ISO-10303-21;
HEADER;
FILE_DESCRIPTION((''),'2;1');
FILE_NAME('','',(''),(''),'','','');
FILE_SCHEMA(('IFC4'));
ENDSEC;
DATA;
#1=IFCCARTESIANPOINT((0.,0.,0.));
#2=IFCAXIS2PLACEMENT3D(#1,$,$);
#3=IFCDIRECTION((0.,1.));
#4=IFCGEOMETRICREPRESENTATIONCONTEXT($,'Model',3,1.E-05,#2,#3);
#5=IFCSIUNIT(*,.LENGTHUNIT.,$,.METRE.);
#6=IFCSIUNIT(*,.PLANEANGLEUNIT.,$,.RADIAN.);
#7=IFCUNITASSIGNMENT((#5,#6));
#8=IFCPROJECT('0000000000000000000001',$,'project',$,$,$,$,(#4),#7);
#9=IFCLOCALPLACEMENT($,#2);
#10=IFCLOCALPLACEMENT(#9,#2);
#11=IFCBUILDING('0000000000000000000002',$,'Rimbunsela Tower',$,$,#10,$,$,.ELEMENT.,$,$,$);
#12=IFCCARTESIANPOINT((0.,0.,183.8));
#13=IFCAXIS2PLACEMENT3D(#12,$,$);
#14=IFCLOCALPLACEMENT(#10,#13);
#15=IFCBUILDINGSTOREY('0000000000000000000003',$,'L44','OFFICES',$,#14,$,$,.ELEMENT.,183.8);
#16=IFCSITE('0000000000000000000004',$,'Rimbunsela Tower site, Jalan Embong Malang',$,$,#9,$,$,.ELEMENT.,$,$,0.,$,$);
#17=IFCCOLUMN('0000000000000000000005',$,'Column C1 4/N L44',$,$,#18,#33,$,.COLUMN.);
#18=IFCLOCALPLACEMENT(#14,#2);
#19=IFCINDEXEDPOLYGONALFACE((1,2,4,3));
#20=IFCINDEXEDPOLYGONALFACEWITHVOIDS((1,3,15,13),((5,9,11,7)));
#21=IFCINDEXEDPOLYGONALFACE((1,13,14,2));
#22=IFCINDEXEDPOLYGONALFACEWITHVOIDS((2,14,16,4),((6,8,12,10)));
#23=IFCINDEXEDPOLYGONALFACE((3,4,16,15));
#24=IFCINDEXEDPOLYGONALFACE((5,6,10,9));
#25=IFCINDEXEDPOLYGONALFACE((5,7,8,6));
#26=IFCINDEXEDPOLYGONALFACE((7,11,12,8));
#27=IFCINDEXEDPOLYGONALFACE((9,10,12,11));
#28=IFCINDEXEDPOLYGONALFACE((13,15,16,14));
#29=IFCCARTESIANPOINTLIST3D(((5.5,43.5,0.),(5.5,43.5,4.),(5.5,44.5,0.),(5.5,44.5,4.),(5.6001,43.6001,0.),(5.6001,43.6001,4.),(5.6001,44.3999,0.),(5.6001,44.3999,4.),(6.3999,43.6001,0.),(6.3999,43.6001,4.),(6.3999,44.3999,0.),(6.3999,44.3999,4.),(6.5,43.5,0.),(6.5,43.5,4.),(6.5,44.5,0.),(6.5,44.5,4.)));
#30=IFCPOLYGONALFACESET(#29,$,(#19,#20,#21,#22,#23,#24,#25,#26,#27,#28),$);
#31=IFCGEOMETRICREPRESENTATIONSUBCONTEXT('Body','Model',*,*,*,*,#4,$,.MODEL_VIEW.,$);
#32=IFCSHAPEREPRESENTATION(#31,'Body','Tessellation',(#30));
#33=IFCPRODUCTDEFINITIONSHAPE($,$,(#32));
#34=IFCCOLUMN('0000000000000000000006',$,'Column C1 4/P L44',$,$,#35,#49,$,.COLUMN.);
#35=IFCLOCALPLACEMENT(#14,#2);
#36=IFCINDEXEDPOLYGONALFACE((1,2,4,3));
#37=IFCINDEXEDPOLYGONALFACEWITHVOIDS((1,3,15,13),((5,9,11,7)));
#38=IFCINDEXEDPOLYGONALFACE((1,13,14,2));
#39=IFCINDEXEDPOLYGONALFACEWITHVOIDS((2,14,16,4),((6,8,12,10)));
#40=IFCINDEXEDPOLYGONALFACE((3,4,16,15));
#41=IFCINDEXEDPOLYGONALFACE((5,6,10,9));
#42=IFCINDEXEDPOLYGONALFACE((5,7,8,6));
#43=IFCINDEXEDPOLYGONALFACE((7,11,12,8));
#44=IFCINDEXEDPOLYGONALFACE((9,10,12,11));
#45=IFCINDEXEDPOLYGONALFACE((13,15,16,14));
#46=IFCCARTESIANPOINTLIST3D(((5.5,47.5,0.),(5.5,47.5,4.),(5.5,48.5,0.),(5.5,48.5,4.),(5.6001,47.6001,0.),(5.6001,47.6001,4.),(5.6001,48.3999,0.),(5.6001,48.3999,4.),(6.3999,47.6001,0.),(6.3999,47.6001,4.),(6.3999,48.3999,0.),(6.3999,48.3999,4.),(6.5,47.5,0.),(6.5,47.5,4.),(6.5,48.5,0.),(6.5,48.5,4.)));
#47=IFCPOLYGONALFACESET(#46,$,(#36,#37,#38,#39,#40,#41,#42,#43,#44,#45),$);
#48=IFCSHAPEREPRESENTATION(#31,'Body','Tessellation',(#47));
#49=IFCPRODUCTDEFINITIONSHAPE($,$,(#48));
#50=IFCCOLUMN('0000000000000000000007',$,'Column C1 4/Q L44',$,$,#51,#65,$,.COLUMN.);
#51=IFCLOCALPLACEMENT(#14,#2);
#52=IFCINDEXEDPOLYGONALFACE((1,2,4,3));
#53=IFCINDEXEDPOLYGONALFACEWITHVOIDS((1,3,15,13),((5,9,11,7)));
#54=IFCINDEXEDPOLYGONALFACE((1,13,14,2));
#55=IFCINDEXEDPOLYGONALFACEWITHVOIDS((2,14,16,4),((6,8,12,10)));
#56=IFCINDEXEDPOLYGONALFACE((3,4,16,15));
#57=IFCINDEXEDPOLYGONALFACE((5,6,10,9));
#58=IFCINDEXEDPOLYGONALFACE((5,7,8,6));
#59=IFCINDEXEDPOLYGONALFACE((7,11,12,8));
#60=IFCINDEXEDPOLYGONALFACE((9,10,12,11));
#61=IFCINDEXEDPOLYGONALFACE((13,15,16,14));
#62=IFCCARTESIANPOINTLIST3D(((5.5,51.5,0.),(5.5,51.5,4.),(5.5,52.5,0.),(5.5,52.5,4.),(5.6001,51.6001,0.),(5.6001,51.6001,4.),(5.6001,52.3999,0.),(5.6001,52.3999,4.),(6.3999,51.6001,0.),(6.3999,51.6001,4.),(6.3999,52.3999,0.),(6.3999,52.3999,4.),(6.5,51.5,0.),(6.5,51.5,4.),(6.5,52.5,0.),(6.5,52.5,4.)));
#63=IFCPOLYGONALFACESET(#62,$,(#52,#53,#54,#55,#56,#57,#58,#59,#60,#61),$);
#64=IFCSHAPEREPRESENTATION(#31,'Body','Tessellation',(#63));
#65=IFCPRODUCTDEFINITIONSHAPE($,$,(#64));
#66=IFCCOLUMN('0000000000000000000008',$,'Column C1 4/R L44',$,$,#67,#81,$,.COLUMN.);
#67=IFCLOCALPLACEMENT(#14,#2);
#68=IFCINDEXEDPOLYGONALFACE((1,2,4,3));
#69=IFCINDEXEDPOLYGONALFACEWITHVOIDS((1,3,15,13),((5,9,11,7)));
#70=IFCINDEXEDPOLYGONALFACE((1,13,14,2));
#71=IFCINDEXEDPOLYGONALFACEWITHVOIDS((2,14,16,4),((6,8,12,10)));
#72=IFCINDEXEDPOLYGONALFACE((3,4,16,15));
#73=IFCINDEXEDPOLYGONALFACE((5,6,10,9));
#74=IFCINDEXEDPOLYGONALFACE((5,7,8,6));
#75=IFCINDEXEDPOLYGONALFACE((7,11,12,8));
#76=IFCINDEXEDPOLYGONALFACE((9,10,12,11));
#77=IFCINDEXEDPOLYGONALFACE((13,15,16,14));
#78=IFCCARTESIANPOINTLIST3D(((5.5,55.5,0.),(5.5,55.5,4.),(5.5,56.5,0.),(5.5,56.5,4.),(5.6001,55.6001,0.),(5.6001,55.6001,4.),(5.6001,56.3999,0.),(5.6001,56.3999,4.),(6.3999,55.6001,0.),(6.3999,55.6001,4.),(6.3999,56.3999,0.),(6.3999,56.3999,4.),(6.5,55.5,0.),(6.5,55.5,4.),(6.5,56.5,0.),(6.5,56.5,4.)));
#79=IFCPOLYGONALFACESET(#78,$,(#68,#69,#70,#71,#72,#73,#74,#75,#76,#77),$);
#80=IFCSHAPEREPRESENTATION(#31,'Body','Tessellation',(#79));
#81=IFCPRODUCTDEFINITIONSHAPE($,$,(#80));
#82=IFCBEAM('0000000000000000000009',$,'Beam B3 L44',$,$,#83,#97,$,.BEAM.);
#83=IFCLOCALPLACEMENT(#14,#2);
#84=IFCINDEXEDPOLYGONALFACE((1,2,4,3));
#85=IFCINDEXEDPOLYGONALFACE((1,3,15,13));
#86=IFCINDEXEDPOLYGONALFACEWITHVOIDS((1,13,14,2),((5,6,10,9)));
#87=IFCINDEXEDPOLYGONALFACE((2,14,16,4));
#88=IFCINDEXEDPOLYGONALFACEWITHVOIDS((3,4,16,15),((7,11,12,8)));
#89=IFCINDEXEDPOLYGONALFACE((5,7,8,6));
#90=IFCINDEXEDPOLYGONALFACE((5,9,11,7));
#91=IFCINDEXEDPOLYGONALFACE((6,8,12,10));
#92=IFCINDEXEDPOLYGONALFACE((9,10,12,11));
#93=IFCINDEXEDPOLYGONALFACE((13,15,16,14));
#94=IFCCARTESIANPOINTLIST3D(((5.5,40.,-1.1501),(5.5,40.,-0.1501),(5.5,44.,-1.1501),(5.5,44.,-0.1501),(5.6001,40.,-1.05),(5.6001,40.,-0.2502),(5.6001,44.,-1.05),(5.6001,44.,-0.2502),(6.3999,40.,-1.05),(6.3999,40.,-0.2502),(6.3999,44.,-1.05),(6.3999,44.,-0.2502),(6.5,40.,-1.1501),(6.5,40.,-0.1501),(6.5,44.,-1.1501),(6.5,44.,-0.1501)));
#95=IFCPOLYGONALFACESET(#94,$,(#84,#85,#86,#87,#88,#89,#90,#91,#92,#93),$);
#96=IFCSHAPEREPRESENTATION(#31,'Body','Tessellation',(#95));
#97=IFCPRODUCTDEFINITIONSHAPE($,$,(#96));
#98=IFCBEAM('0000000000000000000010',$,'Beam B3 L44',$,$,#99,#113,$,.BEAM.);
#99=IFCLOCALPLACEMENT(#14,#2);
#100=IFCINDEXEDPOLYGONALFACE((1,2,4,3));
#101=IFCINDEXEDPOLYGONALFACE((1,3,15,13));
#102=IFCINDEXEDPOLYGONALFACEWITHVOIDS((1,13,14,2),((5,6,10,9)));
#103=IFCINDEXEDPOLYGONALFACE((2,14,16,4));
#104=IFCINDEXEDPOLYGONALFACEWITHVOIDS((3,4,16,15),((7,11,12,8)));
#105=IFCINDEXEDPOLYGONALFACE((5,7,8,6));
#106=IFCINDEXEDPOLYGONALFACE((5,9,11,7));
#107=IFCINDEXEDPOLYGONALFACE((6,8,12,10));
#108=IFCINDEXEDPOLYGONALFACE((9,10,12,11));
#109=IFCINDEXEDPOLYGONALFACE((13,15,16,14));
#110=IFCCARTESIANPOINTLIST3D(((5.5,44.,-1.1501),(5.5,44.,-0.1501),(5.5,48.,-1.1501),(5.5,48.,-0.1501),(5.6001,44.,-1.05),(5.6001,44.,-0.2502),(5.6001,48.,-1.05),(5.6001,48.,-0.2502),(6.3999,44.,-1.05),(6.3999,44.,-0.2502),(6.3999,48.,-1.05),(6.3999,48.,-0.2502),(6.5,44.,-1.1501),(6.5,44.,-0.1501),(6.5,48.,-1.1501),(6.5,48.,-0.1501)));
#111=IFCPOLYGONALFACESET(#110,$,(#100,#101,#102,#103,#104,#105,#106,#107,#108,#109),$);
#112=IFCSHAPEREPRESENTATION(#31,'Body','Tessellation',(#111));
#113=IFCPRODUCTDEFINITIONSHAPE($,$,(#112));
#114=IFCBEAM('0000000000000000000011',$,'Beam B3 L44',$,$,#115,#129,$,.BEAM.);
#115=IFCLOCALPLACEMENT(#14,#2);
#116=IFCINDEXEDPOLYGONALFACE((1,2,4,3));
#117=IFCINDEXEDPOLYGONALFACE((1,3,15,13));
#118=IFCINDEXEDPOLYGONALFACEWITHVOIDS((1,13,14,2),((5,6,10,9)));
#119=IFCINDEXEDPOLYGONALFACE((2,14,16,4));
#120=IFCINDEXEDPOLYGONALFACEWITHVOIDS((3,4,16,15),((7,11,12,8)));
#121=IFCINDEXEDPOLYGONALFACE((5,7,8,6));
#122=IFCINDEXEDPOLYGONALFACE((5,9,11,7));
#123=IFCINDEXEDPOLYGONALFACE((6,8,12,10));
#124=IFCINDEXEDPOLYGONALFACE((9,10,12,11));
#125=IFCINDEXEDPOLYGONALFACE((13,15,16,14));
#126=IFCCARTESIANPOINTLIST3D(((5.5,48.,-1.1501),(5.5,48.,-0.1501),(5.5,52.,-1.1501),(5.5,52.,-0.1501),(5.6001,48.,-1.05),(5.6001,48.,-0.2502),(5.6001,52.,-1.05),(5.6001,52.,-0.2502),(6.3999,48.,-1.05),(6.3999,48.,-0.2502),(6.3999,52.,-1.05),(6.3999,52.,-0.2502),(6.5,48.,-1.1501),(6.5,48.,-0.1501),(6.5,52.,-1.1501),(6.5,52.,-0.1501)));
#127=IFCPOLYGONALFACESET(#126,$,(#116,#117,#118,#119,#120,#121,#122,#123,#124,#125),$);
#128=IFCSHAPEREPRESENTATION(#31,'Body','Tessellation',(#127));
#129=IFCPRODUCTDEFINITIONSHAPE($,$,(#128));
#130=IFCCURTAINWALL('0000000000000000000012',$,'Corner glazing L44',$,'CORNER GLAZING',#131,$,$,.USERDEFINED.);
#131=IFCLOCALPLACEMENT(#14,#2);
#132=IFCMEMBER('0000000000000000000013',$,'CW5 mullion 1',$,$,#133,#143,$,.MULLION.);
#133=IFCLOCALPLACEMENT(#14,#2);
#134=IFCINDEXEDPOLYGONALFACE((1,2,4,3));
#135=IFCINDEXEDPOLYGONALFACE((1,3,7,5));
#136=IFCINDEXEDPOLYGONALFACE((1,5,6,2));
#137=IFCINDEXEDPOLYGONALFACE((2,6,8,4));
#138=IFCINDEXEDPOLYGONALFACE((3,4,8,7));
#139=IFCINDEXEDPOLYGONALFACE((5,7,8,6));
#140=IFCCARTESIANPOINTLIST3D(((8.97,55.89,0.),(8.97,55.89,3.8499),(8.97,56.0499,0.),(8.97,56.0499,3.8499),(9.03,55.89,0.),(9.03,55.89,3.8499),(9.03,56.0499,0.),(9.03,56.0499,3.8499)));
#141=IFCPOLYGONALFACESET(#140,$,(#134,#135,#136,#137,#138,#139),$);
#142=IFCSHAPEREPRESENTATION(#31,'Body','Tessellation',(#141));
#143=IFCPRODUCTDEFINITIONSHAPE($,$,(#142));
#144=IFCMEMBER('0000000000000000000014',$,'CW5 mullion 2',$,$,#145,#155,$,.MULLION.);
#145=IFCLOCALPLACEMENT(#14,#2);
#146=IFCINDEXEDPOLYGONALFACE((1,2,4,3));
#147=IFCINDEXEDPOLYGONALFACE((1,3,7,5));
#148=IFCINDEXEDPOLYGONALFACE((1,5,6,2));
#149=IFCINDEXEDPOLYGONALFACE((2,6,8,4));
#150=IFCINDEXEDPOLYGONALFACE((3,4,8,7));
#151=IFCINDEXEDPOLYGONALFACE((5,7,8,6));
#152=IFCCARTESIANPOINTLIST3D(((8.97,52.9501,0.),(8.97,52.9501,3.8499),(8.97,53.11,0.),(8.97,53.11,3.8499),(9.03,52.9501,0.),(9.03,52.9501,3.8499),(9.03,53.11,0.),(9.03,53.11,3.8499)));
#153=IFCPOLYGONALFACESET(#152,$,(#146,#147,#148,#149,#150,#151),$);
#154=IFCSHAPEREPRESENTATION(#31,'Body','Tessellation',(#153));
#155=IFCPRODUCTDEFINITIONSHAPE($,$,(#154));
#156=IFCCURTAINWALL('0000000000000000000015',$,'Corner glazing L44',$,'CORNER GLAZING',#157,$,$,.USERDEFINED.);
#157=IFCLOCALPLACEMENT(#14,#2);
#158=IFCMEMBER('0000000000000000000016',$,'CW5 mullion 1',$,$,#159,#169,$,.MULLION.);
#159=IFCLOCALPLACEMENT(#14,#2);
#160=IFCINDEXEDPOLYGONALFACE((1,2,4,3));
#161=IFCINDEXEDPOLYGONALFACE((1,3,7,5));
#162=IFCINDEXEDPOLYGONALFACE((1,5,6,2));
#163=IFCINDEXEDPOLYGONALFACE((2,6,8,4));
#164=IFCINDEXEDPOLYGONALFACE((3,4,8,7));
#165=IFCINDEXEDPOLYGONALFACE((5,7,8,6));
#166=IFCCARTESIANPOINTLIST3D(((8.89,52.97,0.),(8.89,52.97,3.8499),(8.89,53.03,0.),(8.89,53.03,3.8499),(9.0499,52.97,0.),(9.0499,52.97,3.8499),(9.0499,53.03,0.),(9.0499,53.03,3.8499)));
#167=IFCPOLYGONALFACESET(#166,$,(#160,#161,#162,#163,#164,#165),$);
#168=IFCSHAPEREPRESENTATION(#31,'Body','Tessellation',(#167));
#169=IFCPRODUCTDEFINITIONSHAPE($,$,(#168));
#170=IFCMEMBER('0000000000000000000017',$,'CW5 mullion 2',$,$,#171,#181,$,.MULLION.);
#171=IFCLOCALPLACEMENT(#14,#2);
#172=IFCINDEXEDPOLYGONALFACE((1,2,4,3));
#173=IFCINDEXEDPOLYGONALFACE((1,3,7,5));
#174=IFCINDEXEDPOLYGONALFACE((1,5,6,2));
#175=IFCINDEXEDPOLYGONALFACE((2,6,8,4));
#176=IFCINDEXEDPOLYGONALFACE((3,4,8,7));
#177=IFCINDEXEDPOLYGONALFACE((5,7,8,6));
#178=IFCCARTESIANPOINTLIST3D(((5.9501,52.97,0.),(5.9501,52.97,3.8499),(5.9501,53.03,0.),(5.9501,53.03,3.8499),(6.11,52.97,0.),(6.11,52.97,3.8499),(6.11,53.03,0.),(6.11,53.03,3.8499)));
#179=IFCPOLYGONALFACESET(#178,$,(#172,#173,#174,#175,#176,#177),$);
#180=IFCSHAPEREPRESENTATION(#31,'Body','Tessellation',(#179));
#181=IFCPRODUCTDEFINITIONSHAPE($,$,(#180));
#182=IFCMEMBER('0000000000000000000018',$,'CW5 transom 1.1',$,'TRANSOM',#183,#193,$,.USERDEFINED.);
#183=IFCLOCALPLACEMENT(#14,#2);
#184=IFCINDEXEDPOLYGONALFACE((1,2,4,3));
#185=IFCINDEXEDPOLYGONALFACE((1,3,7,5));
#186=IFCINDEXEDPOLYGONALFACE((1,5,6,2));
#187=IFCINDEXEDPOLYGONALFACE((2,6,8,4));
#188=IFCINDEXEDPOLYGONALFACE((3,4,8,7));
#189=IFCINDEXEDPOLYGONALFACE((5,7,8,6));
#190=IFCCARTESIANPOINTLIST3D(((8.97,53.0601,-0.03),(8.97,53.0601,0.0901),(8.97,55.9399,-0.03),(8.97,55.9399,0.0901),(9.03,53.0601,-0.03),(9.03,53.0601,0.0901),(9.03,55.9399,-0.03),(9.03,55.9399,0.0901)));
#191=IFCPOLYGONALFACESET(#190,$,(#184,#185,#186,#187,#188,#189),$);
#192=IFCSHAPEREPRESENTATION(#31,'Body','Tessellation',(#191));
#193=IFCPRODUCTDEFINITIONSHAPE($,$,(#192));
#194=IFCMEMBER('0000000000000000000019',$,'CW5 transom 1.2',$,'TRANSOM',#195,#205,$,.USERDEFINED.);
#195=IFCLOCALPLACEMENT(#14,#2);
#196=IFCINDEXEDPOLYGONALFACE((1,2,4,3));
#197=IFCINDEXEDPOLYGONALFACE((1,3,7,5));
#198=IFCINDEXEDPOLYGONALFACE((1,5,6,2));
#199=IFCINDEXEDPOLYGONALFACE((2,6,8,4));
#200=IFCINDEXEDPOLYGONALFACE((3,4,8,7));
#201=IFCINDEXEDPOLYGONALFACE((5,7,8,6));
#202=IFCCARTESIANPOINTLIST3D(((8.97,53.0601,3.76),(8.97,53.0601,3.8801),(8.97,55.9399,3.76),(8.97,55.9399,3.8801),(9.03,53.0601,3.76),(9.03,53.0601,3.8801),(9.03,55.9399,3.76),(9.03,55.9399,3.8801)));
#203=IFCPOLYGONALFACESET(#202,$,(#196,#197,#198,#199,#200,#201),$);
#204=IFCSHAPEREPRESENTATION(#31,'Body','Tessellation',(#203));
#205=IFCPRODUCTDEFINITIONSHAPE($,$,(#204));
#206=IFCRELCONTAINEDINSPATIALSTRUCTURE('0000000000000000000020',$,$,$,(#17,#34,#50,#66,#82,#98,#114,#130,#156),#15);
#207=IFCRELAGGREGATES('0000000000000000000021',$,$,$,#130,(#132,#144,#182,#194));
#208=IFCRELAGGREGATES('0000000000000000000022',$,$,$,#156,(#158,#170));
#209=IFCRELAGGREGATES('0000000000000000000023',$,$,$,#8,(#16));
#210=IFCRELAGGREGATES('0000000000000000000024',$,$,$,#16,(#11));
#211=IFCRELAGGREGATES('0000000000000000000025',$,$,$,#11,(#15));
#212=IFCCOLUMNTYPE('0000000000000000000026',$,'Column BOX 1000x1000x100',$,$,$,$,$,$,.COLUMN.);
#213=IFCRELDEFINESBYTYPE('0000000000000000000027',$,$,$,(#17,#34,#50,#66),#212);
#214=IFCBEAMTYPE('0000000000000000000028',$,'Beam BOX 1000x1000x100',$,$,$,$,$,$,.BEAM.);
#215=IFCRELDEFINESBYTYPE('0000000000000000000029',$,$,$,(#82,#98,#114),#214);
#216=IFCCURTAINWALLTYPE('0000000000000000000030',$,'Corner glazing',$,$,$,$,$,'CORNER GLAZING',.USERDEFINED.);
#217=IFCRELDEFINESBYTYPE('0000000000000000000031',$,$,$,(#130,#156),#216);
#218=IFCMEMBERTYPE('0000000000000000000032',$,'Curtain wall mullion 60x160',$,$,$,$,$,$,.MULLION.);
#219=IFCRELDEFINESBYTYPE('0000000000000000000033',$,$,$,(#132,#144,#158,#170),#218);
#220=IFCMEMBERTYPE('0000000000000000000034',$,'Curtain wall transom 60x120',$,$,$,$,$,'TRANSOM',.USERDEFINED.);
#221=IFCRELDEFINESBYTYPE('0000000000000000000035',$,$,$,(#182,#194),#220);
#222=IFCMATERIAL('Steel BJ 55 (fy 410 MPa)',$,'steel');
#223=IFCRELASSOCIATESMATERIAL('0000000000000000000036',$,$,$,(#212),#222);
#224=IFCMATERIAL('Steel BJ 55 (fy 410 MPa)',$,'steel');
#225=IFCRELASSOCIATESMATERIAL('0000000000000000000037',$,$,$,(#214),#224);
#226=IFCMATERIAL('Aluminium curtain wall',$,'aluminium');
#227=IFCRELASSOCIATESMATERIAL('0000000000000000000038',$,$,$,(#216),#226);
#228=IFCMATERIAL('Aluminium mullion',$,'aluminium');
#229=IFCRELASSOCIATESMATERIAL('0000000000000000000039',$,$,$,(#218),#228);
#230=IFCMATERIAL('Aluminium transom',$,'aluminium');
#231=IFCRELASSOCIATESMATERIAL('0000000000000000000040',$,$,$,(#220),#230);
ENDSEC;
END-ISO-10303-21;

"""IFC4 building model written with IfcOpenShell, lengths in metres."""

from ifc_helpers import new_model, si_unit, direction, frame, origin, origin_2d, place, context, subcontext, project, spatial, rectangle, hollow_rectangle, extrude, material, material_profile, profile_set, type_object, element, aggregate, save


model = new_model("IFC4")

# Units and contexts
model_context = context("Model", 3, precision=1e-05, world=origin(), true_north=direction((0.0, 1.0)))
body_context = subcontext(model_context, "Body", "Model", "MODEL_VIEW")
ifc_project = project(units=[si_unit("LENGTHUNIT", "METRE"), si_unit("PLANEANGLEUNIT", "RADIAN")], contexts=[model_context])

# Site, building, storey
site_placement = place(None, origin())
site = spatial("IfcSite", under=ifc_project, at=site_placement, Name="Rimbunsela Tower site, Jalan Embong Malang", CompositionType="ELEMENT", RefElevation=0.0)
building_placement = place(site_placement, origin())
building = spatial("IfcBuilding", under=site, at=building_placement, Name="Rimbunsela Tower", CompositionType="ELEMENT")
storey_placement = place(building_placement, frame((0.0, 0.0, 183.8)))
storey = spatial("IfcBuildingStorey", under=building, at=storey_placement, Name="L44", Description="OFFICES", CompositionType="ELEMENT", Elevation=183.8)

# Columns
ifc_material_1 = material(Name="Steel BJ 55 (fy 410 MPa)", Category="steel")
ifc_material_profile_1 = material_profile(ifc_material_1, hollow_rectangle(XDim=1.0, YDim=1.0, WallThickness=0.1001, at=origin_2d()), Name="BOX 1000x1000x100")
ifc_profile_set_1 = profile_set([ifc_material_profile_1], Name="Steel BJ 55 (fy 410 MPa)")
column_type = type_object("IfcColumnType", Name="Column BOX 1000x1000x100", PredefinedType="COLUMN", material=ifc_profile_set_1)
for number, where, z_axis, x_axis, name in (
    (1, (6.0, 44.0, 0.0), (0.0, 0.0, 1.0), (1.0, 0.0, 0.0), "Column C1 4/N L44"),
    (2, (6.0, 48.0, 0.0), (0.0, 0.0, 1.0), (1.0, 0.0, 0.0), "Column C1 4/P L44"),
    (3, (6.0, 52.0, 0.0), (0.0, 0.0, 1.0), (1.0, 0.0, 0.0), "Column C1 4/Q L44"),
    (4, (6.0, 56.0, 0.0), (0.0, 0.0, 1.0), (1.0, 0.0, 0.0), "Column C1 4/R L44"),
):
    element("IfcColumn", number, at=place(storey_placement, frame(where, z_axis=z_axis, x_axis=x_axis)), inside=storey, type_object=column_type, Name=name, PredefinedType="COLUMN", context=body_context, shape_type="SweptSolid", body=[
        extrude(hollow_rectangle(XDim=1.0, YDim=1.0, WallThickness=0.1001, at=origin_2d()), origin(), (0.0, 0.0, 1.0), 4.0),
    ])

# Beams
ifc_material_2 = material(Name="Steel BJ 55 (fy 410 MPa)", Category="steel")
ifc_material_profile_2 = material_profile(ifc_material_2, hollow_rectangle(XDim=1.0, YDim=1.0, WallThickness=0.1001, at=origin_2d()), Name="BOX 1000x1000x100")
ifc_profile_set_2 = profile_set([ifc_material_profile_2], Name="Steel BJ 55 (fy 410 MPa)")
beam_type = type_object("IfcBeamType", Name="Beam BOX 1000x1000x100", PredefinedType="BEAM", material=ifc_profile_set_2)
for number, where, z_axis, x_axis, name in (
    (5, (6.0, 40.0, -0.6501), (0.0, 1.0, 0.0), (-1.0, 0.0, 0.0), "Beam B3 L44"),
    (6, (6.0, 44.0, -0.6501), (0.0, 1.0, 0.0), (-1.0, 0.0, 0.0), "Beam B3 L44"),
    (7, (6.0, 48.0, -0.6501), (0.0, 1.0, 0.0), (-1.0, 0.0, 0.0), "Beam B3 L44"),
):
    element("IfcBeam", number, at=place(storey_placement, frame(where, z_axis=z_axis, x_axis=x_axis)), inside=storey, type_object=beam_type, Name=name, PredefinedType="BEAM", context=body_context, shape_type="SweptSolid", body=[
        extrude(hollow_rectangle(XDim=1.0, YDim=1.0, WallThickness=0.1001, at=origin_2d()), origin(), (0.0, 0.0, 1.0), 4.0),
    ])

# Curtain walls, members
ifc_material_3 = material(Name="Aluminium curtain wall", Category="aluminium")
curtain_wall_type = type_object("IfcCurtainWallType", Name="Corner glazing", ElementType="CORNER GLAZING", PredefinedType="USERDEFINED", material=ifc_material_3)
curtain_wall_1_placement = place(storey_placement, origin())
curtain_wall_1 = element("IfcCurtainWall", 8, at=curtain_wall_1_placement, inside=storey, type_object=curtain_wall_type, Name="Corner glazing L44", ObjectType="CORNER GLAZING", PredefinedType="USERDEFINED")
ifc_material_4 = material(Name="Aluminium mullion", Category="aluminium")
ifc_material_profile_3 = material_profile(ifc_material_4, rectangle(XDim=0.0601, YDim=0.1599, at=origin_2d()), Name="Mullion 60x160")
ifc_profile_set_3 = profile_set([ifc_material_profile_3], Name="Aluminium mullion")
member_type_1 = type_object("IfcMemberType", Name="Curtain wall mullion 60x160", PredefinedType="MULLION", material=ifc_profile_set_3)
member_1_placement = place(storey_placement, frame((9.0, 55.97, 0.0), z_axis=(0.0, 0.0, 1.0), x_axis=(1.0, 0.0, 0.0)))
member_1 = element("IfcMember", 9, at=member_1_placement, type_object=member_type_1, Name="CW5 mullion 1", PredefinedType="MULLION", context=body_context, shape_type="SweptSolid", body=[
    extrude(rectangle(XDim=0.0601, YDim=0.1599, at=origin_2d()), origin(), (0.0, 0.0, 1.0), 3.8499),
])
member_2_placement = place(storey_placement, frame((9.0, 53.03, 0.0), z_axis=(0.0, 0.0, 1.0), x_axis=(1.0, 0.0, 0.0)))
member_2 = element("IfcMember", 10, at=member_2_placement, type_object=member_type_1, Name="CW5 mullion 2", PredefinedType="MULLION", context=body_context, shape_type="SweptSolid", body=[
    extrude(rectangle(XDim=0.0601, YDim=0.1599, at=origin_2d()), origin(), (0.0, 0.0, 1.0), 3.8499),
])
curtain_wall_2_placement = place(storey_placement, origin())
curtain_wall_2 = element("IfcCurtainWall", 11, at=curtain_wall_2_placement, inside=storey, type_object=curtain_wall_type, Name="Corner glazing L44", ObjectType="CORNER GLAZING", PredefinedType="USERDEFINED")
member_3_placement = place(storey_placement, frame((8.97, 53.0, 0.0), z_axis=(0.0, 0.0, 1.0), x_axis=(0.0, -1.0, 0.0)))
member_3 = element("IfcMember", 12, at=member_3_placement, type_object=member_type_1, Name="CW5 mullion 1", PredefinedType="MULLION", context=body_context, shape_type="SweptSolid", body=[
    extrude(rectangle(XDim=0.0601, YDim=0.1599, at=origin_2d()), origin(), (0.0, 0.0, 1.0), 3.8499),
])
member_4_placement = place(storey_placement, frame((6.03, 53.0, 0.0), z_axis=(0.0, 0.0, 1.0), x_axis=(0.0, -1.0, 0.0)))
member_4 = element("IfcMember", 13, at=member_4_placement, type_object=member_type_1, Name="CW5 mullion 2", PredefinedType="MULLION", context=body_context, shape_type="SweptSolid", body=[
    extrude(rectangle(XDim=0.0601, YDim=0.1599, at=origin_2d()), origin(), (0.0, 0.0, 1.0), 3.8499),
])

# Members
ifc_material_5 = material(Name="Aluminium transom", Category="aluminium")
ifc_material_profile_4 = material_profile(ifc_material_5, rectangle(XDim=0.0601, YDim=0.1201, at=origin_2d()), Name="Transom 60x120")
ifc_profile_set_4 = profile_set([ifc_material_profile_4], Name="Aluminium transom")
member_type_2 = type_object("IfcMemberType", Name="Curtain wall transom 60x120", ElementType="TRANSOM", PredefinedType="USERDEFINED", material=ifc_profile_set_4)
member_5_placement = place(storey_placement, frame((9.0, 55.9399, 0.03), z_axis=(0.0, -1.0, 0.0), x_axis=(1.0, 0.0, 0.0)))
member_5 = element("IfcMember", 14, at=member_5_placement, type_object=member_type_2, Name="CW5 transom 1.1", ObjectType="TRANSOM", PredefinedType="USERDEFINED", context=body_context, shape_type="SweptSolid", body=[
    extrude(rectangle(XDim=0.0601, YDim=0.1201, at=origin_2d()), origin(), (0.0, 0.0, 1.0), 2.8799),
])
member_6_placement = place(storey_placement, frame((9.0, 55.9399, 3.8201), z_axis=(0.0, -1.0, 0.0), x_axis=(1.0, 0.0, 0.0)))
member_6 = element("IfcMember", 15, at=member_6_placement, type_object=member_type_2, Name="CW5 transom 1.2", ObjectType="TRANSOM", PredefinedType="USERDEFINED", context=body_context, shape_type="SweptSolid", body=[
    extrude(rectangle(XDim=0.0601, YDim=0.1201, at=origin_2d()), origin(), (0.0, 0.0, 1.0), 2.8799),
])

aggregate(curtain_wall_1, [member_1, member_2, member_5, member_6])
aggregate(curtain_wall_2, [member_3, member_4])

save(model, "model.ifc")
